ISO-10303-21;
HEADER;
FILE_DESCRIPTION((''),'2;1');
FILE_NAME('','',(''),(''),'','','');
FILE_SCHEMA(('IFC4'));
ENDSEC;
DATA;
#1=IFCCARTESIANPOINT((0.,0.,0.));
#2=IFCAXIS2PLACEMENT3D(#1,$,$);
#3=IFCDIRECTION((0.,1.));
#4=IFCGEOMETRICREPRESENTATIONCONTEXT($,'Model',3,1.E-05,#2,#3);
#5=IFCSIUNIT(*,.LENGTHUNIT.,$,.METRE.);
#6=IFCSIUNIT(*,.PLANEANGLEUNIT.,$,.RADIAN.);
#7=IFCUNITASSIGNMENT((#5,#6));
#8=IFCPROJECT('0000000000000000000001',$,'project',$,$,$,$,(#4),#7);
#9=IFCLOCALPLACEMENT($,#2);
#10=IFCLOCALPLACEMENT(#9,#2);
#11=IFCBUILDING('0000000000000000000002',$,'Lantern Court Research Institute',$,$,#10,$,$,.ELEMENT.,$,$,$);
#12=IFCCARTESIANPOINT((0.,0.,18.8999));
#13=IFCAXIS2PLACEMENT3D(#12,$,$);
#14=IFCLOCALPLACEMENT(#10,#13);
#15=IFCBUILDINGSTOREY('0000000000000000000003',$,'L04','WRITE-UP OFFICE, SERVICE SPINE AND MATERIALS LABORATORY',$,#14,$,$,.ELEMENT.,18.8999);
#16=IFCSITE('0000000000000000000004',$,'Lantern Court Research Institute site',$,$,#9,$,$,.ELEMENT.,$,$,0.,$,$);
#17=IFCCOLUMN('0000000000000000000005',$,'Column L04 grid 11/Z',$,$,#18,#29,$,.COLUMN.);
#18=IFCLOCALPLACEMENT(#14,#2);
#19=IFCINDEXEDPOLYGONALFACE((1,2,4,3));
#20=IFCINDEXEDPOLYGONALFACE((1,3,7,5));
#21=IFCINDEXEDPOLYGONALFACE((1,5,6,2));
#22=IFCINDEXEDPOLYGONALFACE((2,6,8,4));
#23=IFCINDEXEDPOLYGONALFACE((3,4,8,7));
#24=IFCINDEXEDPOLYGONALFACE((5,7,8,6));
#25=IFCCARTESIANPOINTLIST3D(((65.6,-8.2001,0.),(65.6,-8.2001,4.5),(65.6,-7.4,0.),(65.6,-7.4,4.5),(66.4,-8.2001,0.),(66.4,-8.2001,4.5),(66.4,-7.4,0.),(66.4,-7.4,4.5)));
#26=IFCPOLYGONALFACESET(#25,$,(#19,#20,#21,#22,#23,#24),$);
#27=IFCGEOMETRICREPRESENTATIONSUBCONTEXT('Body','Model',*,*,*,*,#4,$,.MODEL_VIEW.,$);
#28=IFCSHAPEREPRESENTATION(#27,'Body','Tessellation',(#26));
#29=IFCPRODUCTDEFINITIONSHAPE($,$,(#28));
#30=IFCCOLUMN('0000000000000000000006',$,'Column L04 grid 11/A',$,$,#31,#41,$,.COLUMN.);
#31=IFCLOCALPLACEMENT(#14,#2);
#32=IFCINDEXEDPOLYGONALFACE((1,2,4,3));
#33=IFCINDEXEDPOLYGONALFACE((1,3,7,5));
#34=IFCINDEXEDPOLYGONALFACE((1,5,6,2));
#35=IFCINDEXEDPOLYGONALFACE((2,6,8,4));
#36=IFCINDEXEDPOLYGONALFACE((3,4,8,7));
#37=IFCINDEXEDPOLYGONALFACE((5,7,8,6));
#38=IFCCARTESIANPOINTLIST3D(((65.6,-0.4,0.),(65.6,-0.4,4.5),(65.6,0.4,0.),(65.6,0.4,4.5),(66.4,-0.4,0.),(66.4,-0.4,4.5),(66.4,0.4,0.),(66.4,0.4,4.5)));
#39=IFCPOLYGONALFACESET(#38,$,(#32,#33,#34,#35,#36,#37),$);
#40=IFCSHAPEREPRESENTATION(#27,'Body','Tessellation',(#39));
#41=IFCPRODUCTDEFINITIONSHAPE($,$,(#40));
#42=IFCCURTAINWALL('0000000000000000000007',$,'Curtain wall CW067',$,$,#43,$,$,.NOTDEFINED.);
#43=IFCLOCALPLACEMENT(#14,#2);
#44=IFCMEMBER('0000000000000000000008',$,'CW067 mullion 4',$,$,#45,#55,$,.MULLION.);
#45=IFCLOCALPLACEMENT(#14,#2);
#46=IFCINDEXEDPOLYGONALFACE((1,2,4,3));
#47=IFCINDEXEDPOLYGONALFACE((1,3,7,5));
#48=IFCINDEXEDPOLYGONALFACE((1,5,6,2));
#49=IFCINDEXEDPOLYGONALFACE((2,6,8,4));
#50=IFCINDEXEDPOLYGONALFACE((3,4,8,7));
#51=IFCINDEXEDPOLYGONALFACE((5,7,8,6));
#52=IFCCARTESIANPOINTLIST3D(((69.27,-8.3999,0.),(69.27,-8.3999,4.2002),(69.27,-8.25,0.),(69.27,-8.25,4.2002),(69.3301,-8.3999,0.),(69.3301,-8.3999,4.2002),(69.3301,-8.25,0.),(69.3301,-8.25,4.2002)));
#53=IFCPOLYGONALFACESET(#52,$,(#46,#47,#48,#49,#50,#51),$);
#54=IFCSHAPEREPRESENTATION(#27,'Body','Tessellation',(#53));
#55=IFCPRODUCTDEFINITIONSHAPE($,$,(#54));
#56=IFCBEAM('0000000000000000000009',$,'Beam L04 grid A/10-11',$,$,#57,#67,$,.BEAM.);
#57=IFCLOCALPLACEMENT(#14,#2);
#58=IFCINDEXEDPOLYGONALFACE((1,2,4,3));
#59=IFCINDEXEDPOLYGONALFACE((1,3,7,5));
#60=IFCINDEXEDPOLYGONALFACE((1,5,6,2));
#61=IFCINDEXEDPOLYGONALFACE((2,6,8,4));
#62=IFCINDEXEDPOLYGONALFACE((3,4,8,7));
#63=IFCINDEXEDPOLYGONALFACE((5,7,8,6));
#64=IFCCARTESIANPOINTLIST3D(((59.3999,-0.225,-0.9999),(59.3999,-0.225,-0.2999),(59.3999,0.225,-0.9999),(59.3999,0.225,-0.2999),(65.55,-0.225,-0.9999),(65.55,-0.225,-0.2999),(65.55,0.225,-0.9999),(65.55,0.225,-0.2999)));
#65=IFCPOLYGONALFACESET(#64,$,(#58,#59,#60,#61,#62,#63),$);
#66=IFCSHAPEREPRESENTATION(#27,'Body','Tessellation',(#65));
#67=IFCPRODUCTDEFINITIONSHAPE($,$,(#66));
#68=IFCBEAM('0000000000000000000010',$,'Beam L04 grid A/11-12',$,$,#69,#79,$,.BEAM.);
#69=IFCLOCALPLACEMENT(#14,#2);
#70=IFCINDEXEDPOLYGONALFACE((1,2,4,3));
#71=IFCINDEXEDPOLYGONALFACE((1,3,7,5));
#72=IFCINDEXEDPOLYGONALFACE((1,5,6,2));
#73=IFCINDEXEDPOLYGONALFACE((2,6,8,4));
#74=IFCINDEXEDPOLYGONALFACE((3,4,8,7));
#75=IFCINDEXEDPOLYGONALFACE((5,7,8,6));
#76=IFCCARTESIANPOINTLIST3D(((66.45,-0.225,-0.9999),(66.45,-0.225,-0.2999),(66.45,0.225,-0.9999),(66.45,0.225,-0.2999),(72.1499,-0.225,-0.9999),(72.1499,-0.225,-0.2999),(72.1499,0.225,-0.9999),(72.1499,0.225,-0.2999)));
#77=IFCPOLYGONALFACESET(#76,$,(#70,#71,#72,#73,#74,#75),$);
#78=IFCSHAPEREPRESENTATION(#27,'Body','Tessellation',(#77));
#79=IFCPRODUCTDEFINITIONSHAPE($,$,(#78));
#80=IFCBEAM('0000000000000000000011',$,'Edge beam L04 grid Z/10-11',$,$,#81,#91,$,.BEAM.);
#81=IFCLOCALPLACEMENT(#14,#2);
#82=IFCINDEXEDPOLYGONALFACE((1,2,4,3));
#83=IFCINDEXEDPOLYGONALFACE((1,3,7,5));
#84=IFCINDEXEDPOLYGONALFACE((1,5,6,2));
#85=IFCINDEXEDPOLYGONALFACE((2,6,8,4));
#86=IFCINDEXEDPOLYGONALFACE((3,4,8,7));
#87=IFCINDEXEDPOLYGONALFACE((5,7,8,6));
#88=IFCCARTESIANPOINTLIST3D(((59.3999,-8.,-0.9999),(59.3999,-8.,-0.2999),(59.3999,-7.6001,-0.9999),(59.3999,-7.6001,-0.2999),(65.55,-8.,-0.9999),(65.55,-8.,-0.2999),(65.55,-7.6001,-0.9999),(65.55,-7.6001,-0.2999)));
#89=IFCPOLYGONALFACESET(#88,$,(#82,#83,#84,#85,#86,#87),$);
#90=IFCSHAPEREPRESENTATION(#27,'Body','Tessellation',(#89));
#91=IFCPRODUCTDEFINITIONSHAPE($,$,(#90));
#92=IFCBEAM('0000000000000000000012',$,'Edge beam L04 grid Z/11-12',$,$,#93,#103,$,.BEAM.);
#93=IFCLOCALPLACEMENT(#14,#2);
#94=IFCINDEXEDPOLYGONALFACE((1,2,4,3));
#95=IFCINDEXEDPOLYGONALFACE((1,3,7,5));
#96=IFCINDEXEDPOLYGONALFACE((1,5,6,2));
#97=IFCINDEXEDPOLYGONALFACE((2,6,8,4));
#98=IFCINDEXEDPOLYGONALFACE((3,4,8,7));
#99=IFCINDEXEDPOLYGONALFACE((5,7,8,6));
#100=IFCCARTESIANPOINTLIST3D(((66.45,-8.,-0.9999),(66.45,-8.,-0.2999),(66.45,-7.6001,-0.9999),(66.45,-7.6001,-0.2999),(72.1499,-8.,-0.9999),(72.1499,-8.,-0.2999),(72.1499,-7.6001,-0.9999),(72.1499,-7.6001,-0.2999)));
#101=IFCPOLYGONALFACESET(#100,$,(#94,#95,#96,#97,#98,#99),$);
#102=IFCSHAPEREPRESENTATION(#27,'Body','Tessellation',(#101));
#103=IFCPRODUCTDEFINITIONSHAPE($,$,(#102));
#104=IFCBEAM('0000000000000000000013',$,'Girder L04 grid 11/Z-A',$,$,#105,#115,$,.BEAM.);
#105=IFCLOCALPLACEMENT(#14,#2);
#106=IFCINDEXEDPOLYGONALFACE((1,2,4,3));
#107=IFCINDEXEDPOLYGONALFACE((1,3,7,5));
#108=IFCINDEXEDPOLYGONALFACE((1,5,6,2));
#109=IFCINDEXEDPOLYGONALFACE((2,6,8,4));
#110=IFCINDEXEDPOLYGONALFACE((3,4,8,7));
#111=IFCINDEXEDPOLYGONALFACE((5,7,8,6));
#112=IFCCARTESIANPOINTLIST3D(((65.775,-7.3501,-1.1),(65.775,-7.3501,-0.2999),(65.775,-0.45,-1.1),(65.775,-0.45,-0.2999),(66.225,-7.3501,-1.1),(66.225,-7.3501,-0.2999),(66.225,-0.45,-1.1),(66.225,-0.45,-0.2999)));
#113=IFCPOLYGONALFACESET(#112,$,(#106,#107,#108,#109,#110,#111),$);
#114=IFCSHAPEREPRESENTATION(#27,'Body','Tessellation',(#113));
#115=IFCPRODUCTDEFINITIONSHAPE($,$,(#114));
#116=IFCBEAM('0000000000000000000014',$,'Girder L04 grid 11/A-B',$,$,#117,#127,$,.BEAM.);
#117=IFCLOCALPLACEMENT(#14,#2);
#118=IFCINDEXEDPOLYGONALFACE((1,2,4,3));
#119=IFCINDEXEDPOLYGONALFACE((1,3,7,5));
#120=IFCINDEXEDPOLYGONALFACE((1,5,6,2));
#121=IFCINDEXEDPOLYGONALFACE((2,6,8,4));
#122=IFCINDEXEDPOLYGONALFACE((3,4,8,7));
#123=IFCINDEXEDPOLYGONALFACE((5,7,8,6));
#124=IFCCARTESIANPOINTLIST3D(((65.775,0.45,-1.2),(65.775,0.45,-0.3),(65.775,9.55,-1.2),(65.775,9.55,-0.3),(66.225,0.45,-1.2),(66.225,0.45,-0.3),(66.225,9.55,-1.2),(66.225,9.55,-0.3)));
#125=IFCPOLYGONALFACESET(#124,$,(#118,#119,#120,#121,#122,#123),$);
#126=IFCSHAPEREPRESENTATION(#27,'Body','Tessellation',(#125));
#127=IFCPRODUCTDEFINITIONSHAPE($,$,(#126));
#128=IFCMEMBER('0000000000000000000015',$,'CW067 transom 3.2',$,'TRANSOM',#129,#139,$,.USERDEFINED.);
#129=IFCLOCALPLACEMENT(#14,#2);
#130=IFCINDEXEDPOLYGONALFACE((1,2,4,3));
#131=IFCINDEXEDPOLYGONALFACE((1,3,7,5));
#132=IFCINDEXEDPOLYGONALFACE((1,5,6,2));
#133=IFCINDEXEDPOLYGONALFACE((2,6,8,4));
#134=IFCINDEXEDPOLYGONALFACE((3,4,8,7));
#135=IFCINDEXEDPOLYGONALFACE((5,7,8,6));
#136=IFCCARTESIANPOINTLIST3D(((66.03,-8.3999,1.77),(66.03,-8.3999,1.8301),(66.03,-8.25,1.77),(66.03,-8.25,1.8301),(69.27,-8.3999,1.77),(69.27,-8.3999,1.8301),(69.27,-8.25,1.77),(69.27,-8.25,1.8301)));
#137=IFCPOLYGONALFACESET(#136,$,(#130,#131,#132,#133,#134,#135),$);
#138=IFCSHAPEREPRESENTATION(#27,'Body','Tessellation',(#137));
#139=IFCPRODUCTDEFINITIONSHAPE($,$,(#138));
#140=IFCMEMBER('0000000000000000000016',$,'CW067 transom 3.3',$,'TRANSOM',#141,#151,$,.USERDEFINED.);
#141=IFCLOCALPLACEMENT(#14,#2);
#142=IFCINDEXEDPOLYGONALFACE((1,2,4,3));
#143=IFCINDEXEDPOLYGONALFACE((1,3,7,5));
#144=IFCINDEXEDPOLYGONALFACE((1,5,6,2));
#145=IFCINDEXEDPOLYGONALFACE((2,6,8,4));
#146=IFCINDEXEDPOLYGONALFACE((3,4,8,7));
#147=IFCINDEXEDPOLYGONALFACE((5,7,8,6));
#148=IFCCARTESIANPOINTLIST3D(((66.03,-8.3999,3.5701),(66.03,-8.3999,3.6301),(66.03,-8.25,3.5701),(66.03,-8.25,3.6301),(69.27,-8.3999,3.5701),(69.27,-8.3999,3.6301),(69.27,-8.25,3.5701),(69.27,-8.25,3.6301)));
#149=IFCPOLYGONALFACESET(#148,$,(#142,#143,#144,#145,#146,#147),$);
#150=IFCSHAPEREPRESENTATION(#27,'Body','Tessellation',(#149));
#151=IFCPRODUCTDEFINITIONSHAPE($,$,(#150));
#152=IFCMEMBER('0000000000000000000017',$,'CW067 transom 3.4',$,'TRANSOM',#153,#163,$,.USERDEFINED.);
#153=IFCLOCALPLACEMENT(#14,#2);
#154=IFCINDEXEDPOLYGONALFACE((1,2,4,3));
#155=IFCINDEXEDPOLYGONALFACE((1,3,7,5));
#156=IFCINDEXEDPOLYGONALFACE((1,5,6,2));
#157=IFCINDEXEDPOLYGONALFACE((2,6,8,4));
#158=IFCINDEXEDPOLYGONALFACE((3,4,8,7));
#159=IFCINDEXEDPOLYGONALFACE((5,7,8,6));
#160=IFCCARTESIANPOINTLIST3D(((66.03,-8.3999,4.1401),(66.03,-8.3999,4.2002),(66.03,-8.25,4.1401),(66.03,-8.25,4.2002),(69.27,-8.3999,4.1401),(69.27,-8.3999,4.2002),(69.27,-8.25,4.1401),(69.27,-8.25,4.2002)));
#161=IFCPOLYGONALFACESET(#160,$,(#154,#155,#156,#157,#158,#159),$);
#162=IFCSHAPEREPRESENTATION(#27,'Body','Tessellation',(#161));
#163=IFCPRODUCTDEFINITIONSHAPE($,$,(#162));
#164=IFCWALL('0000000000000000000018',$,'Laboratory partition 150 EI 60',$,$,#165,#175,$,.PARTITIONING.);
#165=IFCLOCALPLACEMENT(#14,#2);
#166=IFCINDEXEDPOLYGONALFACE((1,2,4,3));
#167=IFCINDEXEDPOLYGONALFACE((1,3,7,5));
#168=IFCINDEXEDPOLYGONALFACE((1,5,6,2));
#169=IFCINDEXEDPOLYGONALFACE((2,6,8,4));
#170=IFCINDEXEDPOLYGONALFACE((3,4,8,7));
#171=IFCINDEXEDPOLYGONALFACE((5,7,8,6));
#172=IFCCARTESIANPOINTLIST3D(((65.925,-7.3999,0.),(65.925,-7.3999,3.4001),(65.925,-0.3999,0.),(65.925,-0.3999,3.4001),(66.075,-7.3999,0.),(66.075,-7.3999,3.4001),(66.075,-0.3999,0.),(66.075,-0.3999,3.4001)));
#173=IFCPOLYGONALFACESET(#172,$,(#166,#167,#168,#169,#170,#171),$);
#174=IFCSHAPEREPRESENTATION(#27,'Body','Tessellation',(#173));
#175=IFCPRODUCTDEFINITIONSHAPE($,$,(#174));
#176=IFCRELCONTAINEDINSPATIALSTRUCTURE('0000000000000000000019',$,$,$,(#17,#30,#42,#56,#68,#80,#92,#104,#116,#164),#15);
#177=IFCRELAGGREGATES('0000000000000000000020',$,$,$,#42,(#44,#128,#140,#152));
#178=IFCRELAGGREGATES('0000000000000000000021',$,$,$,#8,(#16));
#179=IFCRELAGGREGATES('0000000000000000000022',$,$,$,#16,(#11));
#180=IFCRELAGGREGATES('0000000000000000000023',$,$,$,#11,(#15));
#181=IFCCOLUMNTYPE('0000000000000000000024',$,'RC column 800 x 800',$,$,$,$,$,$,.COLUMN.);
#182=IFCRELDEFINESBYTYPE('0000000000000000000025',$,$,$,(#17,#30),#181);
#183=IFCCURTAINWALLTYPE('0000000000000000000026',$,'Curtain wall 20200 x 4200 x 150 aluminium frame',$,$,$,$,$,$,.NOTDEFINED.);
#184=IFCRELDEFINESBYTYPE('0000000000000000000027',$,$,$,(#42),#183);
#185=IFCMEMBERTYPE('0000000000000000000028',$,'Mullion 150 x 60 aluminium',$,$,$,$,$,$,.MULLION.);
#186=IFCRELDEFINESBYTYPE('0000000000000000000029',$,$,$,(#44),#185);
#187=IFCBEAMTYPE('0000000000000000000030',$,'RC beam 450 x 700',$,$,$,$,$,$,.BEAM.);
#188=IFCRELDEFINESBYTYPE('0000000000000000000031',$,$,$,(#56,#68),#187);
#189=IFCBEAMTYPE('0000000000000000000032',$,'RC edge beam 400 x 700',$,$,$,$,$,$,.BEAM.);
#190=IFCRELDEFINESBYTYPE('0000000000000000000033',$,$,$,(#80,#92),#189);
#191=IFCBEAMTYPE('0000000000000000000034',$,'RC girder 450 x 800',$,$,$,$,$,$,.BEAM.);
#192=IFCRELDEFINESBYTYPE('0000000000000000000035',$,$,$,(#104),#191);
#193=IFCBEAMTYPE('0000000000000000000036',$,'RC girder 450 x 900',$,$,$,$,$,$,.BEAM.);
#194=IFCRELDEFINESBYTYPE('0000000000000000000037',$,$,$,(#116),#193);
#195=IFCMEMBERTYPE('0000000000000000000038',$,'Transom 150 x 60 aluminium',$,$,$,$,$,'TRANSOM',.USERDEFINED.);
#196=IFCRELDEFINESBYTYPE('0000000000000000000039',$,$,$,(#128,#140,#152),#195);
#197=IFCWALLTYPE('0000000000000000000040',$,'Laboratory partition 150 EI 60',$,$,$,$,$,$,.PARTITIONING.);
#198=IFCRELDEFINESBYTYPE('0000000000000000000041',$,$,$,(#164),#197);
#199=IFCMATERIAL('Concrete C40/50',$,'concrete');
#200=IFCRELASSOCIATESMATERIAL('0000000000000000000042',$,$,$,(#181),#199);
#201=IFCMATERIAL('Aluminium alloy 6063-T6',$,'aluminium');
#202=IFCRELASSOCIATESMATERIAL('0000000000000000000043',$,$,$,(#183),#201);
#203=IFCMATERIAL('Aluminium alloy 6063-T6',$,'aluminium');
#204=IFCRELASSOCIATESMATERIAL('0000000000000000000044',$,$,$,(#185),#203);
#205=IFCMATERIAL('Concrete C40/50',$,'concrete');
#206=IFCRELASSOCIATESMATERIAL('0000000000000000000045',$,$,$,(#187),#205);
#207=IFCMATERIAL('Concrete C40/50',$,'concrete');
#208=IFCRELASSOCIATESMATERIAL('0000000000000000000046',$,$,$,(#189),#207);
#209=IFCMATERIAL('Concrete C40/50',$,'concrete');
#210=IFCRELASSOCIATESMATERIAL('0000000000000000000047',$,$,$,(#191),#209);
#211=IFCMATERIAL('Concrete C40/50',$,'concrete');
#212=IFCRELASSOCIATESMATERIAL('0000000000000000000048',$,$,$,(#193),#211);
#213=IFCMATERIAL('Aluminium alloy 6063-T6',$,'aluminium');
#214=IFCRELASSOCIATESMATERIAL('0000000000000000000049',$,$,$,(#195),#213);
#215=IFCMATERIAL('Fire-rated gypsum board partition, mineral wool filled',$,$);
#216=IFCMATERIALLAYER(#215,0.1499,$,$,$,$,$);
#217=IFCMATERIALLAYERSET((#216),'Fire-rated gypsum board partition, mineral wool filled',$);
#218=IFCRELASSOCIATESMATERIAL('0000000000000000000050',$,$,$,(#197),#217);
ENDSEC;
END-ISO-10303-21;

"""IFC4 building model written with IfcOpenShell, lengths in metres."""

from ifc_helpers import new_model, si_unit, direction, frame, frame_2d, origin, origin_2d, place, context, subcontext, project, spatial, rectangle, extrude, material, layer, layer_set, material_profile, profile_set, type_object, element, aggregate, save


model = new_model("IFC4")

# Units and contexts
model_context = context("Model", 3, precision=1e-05, world=origin(), true_north=direction((0.0, 1.0)))
body_context = subcontext(model_context, "Body", "Model", "MODEL_VIEW")
ifc_project = project(units=[si_unit("LENGTHUNIT", "METRE"), si_unit("PLANEANGLEUNIT", "RADIAN")], contexts=[model_context])

# Site, building, storey
site_placement = place(None, origin())
site = spatial("IfcSite", under=ifc_project, at=site_placement, Name="Lantern Court Research Institute site", CompositionType="ELEMENT", RefElevation=0.0)
building_placement = place(site_placement, origin())
building = spatial("IfcBuilding", under=site, at=building_placement, Name="Lantern Court Research Institute", CompositionType="ELEMENT")
storey_placement = place(building_placement, frame((0.0, 0.0, 18.8999)))
storey = spatial("IfcBuildingStorey", under=building, at=storey_placement, Name="L04", Description="WRITE-UP OFFICE, SERVICE SPINE AND MATERIALS LABORATORY", CompositionType="ELEMENT", Elevation=18.8999)

# Columns
ifc_material_1 = material(Name="Concrete C40/50", Category="concrete")
ifc_material_profile_1 = material_profile(ifc_material_1, rectangle(XDim=0.8, YDim=0.8, at=origin_2d()), Name="RC column 800 x 800")
ifc_profile_set_1 = profile_set([ifc_material_profile_1], Name="Concrete C40/50")
column_type = type_object("IfcColumnType", Name="RC column 800 x 800", PredefinedType="COLUMN", material=ifc_profile_set_1)
for number, where, z_axis, x_axis, name in (
    (1, (66.0, -7.8, 0.0), (0.0, 0.0, 1.0), (1.0, 0.0, 0.0), "Column L04 grid 11/Z"),
    (2, (66.0, 0.0, 0.0), (0.0, 0.0, 1.0), (1.0, 0.0, 0.0), "Column L04 grid 11/A"),
):
    element("IfcColumn", number, at=place(storey_placement, frame(where, z_axis=z_axis, x_axis=x_axis)), inside=storey, type_object=column_type, Name=name, PredefinedType="COLUMN", context=body_context, shape_type="SweptSolid", body=[
        extrude(rectangle(XDim=0.8, YDim=0.8, at=origin_2d()), origin(), (0.0, 0.0, 1.0), 4.5),
    ])

# Curtain wall, member
ifc_material_2 = material(Name="Aluminium alloy 6063-T6", Category="aluminium")
curtain_wall_type = type_object("IfcCurtainWallType", Name="Curtain wall 20200 x 4200 x 150 aluminium frame", PredefinedType="NOTDEFINED", material=ifc_material_2)
curtain_wall_placement = place(storey_placement, origin())
curtain_wall = element("IfcCurtainWall", 3, at=curtain_wall_placement, inside=storey, type_object=curtain_wall_type, Name="Curtain wall CW067", PredefinedType="NOTDEFINED")
ifc_material_3 = material(Name="Aluminium alloy 6063-T6", Category="aluminium")
ifc_material_profile_2 = material_profile(ifc_material_3, rectangle(XDim=0.1499, YDim=0.0601, at=origin_2d()), Name="Mullion 150 x 60")
ifc_profile_set_2 = profile_set([ifc_material_profile_2], Name="Aluminium alloy 6063-T6")
member_type_1 = type_object("IfcMemberType", Name="Mullion 150 x 60 aluminium", PredefinedType="MULLION", material=ifc_profile_set_2)
member_1_placement = place(storey_placement, frame((69.3, -8.325, 0.0), z_axis=(0.0, 0.0, 1.0), x_axis=(0.0, -1.0, 0.0)))
member_1 = element("IfcMember", 4, at=member_1_placement, type_object=member_type_1, Name="CW067 mullion 4", PredefinedType="MULLION", context=body_context, shape_type="SweptSolid", body=[
    extrude(rectangle(XDim=0.1499, YDim=0.0601, at=origin_2d()), origin(), (0.0, 0.0, 1.0), 4.2002),
])

# Beams
ifc_material_4 = material(Name="Concrete C40/50", Category="concrete")
ifc_material_profile_3 = material_profile(ifc_material_4, rectangle(XDim=0.45, YDim=0.7, at=origin_2d()), Name="RC beam 450 x 700")
ifc_profile_set_3 = profile_set([ifc_material_profile_3], Name="Concrete C40/50")
beam_type_1 = type_object("IfcBeamType", Name="RC beam 450 x 700", PredefinedType="BEAM", material=ifc_profile_set_3)
beam_1_placement = place(storey_placement, frame((59.3999, 0.0, -0.6499), z_axis=(1.0, 0.0, 0.0), x_axis=(0.0, 1.0, 0.0)))
element("IfcBeam", 5, at=beam_1_placement, inside=storey, type_object=beam_type_1, Name="Beam L04 grid A/10-11", PredefinedType="BEAM", context=body_context, shape_type="SweptSolid", body=[
    extrude(rectangle(XDim=0.45, YDim=0.7, at=origin_2d()), origin(), (0.0, 0.0, 1.0), 6.1501),
])
beam_2_placement = place(storey_placement, frame((66.45, 0.0, -0.6499), z_axis=(1.0, 0.0, 0.0), x_axis=(0.0, 1.0, 0.0)))
element("IfcBeam", 6, at=beam_2_placement, inside=storey, type_object=beam_type_1, Name="Beam L04 grid A/11-12", PredefinedType="BEAM", context=body_context, shape_type="SweptSolid", body=[
    extrude(rectangle(XDim=0.45, YDim=0.7, at=origin_2d()), origin(), (0.0, 0.0, 1.0), 5.7),
])
ifc_material_5 = material(Name="Concrete C40/50", Category="concrete")
ifc_material_profile_4 = material_profile(ifc_material_5, rectangle(XDim=0.3999, YDim=0.7, at=origin_2d()), Name="RC beam 400 x 700")
ifc_profile_set_4 = profile_set([ifc_material_profile_4], Name="Concrete C40/50")
beam_type_2 = type_object("IfcBeamType", Name="RC edge beam 400 x 700", PredefinedType="BEAM", material=ifc_profile_set_4)
beam_3_placement = place(storey_placement, frame((59.3999, -7.8, -0.6499), z_axis=(1.0, 0.0, 0.0), x_axis=(0.0, 1.0, 0.0)))
element("IfcBeam", 7, at=beam_3_placement, inside=storey, type_object=beam_type_2, Name="Edge beam L04 grid Z/10-11", PredefinedType="BEAM", context=body_context, shape_type="SweptSolid", body=[
    extrude(rectangle(XDim=0.3999, YDim=0.7, at=origin_2d()), origin(), (0.0, 0.0, 1.0), 6.1501),
])
beam_4_placement = place(storey_placement, frame((66.45, -7.8, -0.6499), z_axis=(1.0, 0.0, 0.0), x_axis=(0.0, 1.0, 0.0)))
element("IfcBeam", 8, at=beam_4_placement, inside=storey, type_object=beam_type_2, Name="Edge beam L04 grid Z/11-12", PredefinedType="BEAM", context=body_context, shape_type="SweptSolid", body=[
    extrude(rectangle(XDim=0.3999, YDim=0.7, at=origin_2d()), origin(), (0.0, 0.0, 1.0), 5.7),
])
ifc_material_6 = material(Name="Concrete C40/50", Category="concrete")
ifc_material_profile_5 = material_profile(ifc_material_6, rectangle(XDim=0.45, YDim=0.8, at=origin_2d()), Name="RC beam 450 x 800")
ifc_profile_set_5 = profile_set([ifc_material_profile_5], Name="Concrete C40/50")
beam_type_3 = type_object("IfcBeamType", Name="RC girder 450 x 800", PredefinedType="BEAM", material=ifc_profile_set_5)
beam_5_placement = place(storey_placement, frame((66.0, -7.3501, -0.7), z_axis=(0.0, 1.0, 0.0), x_axis=(-1.0, 0.0, 0.0)))
element("IfcBeam", 9, at=beam_5_placement, inside=storey, type_object=beam_type_3, Name="Girder L04 grid 11/Z-A", PredefinedType="BEAM", context=body_context, shape_type="SweptSolid", body=[
    extrude(rectangle(XDim=0.45, YDim=0.8, at=origin_2d()), origin(), (0.0, 0.0, 1.0), 6.9001),
])
ifc_material_7 = material(Name="Concrete C40/50", Category="concrete")
ifc_material_profile_6 = material_profile(ifc_material_7, rectangle(XDim=0.45, YDim=0.8999, at=origin_2d()), Name="RC beam 450 x 900")
ifc_profile_set_6 = profile_set([ifc_material_profile_6], Name="Concrete C40/50")
beam_type_4 = type_object("IfcBeamType", Name="RC girder 450 x 900", PredefinedType="BEAM", material=ifc_profile_set_6)
beam_6_placement = place(storey_placement, frame((66.0, 0.45, -0.75), z_axis=(0.0, 1.0, 0.0), x_axis=(-1.0, 0.0, 0.0)))
element("IfcBeam", 10, at=beam_6_placement, inside=storey, type_object=beam_type_4, Name="Girder L04 grid 11/A-B", PredefinedType="BEAM", context=body_context, shape_type="SweptSolid", body=[
    extrude(rectangle(XDim=0.45, YDim=0.8999, at=origin_2d()), origin(), (0.0, 0.0, 1.0), 9.1001),
])

# Members
ifc_material_8 = material(Name="Aluminium alloy 6063-T6", Category="aluminium")
ifc_material_profile_7 = material_profile(ifc_material_8, rectangle(XDim=0.1499, YDim=0.0601, at=origin_2d()), Name="Transom 150 x 60")
ifc_profile_set_7 = profile_set([ifc_material_profile_7], Name="Aluminium alloy 6063-T6")
member_type_2 = type_object("IfcMemberType", Name="Transom 150 x 60 aluminium", ElementType="TRANSOM", PredefinedType="USERDEFINED", material=ifc_profile_set_7)
member_2_placement = place(storey_placement, frame((69.27, -8.325, 1.8), z_axis=(-1.0, 0.0, 0.0), x_axis=(0.0, -1.0, 0.0)))
member_2 = element("IfcMember", 11, at=member_2_placement, type_object=member_type_2, Name="CW067 transom 3.2", ObjectType="TRANSOM", PredefinedType="USERDEFINED", context=body_context, shape_type="SweptSolid", body=[
    extrude(rectangle(XDim=0.1499, YDim=0.0601, at=origin_2d()), origin(), (0.0, 0.0, 1.0), 3.24),
])
member_3_placement = place(storey_placement, frame((69.27, -8.325, 3.6001), z_axis=(-1.0, 0.0, 0.0), x_axis=(0.0, -1.0, 0.0)))
member_3 = element("IfcMember", 12, at=member_3_placement, type_object=member_type_2, Name="CW067 transom 3.3", ObjectType="TRANSOM", PredefinedType="USERDEFINED", context=body_context, shape_type="SweptSolid", body=[
    extrude(rectangle(XDim=0.1499, YDim=0.0601, at=origin_2d()), origin(), (0.0, 0.0, 1.0), 3.24),
])
member_4_placement = place(storey_placement, frame((69.27, -8.325, 4.1702), z_axis=(-1.0, 0.0, 0.0), x_axis=(0.0, -1.0, 0.0)))
member_4 = element("IfcMember", 13, at=member_4_placement, type_object=member_type_2, Name="CW067 transom 3.4", ObjectType="TRANSOM", PredefinedType="USERDEFINED", context=body_context, shape_type="SweptSolid", body=[
    extrude(rectangle(XDim=0.1499, YDim=0.0601, at=origin_2d()), origin(), (0.0, 0.0, 1.0), 3.24),
])
aggregate(curtain_wall, [member_1, member_2, member_3, member_4])

# Wall
ifc_material_9 = material(Name="Fire-rated gypsum board partition, mineral wool filled")
ifc_layer_1 = layer(ifc_material_9, 0.1499)
ifc_layer_set_1 = layer_set([ifc_layer_1], Name="Fire-rated gypsum board partition, mineral wool filled")
wall_type_1 = type_object("IfcWallType", Name="Laboratory partition 150 EI 60", PredefinedType="PARTITIONING", material=ifc_layer_set_1)
wall_1_placement = place(storey_placement, frame((66.0, -7.3999, 0.0), z_axis=(0.0, 0.0, 1.0), x_axis=(0.0, 1.0, 0.0)))
element("IfcWall", 14, at=wall_1_placement, inside=storey, type_object=wall_type_1, Name="Laboratory partition 150 EI 60", PredefinedType="PARTITIONING", context=body_context, shape_type="SweptSolid", body=[
    extrude(rectangle(XDim=7.0, YDim=0.1499, at=frame_2d((3.5, 0.0))), origin(), (0.0, 0.0, 1.0), 3.4001),
])

save(model, "model.ifc")
